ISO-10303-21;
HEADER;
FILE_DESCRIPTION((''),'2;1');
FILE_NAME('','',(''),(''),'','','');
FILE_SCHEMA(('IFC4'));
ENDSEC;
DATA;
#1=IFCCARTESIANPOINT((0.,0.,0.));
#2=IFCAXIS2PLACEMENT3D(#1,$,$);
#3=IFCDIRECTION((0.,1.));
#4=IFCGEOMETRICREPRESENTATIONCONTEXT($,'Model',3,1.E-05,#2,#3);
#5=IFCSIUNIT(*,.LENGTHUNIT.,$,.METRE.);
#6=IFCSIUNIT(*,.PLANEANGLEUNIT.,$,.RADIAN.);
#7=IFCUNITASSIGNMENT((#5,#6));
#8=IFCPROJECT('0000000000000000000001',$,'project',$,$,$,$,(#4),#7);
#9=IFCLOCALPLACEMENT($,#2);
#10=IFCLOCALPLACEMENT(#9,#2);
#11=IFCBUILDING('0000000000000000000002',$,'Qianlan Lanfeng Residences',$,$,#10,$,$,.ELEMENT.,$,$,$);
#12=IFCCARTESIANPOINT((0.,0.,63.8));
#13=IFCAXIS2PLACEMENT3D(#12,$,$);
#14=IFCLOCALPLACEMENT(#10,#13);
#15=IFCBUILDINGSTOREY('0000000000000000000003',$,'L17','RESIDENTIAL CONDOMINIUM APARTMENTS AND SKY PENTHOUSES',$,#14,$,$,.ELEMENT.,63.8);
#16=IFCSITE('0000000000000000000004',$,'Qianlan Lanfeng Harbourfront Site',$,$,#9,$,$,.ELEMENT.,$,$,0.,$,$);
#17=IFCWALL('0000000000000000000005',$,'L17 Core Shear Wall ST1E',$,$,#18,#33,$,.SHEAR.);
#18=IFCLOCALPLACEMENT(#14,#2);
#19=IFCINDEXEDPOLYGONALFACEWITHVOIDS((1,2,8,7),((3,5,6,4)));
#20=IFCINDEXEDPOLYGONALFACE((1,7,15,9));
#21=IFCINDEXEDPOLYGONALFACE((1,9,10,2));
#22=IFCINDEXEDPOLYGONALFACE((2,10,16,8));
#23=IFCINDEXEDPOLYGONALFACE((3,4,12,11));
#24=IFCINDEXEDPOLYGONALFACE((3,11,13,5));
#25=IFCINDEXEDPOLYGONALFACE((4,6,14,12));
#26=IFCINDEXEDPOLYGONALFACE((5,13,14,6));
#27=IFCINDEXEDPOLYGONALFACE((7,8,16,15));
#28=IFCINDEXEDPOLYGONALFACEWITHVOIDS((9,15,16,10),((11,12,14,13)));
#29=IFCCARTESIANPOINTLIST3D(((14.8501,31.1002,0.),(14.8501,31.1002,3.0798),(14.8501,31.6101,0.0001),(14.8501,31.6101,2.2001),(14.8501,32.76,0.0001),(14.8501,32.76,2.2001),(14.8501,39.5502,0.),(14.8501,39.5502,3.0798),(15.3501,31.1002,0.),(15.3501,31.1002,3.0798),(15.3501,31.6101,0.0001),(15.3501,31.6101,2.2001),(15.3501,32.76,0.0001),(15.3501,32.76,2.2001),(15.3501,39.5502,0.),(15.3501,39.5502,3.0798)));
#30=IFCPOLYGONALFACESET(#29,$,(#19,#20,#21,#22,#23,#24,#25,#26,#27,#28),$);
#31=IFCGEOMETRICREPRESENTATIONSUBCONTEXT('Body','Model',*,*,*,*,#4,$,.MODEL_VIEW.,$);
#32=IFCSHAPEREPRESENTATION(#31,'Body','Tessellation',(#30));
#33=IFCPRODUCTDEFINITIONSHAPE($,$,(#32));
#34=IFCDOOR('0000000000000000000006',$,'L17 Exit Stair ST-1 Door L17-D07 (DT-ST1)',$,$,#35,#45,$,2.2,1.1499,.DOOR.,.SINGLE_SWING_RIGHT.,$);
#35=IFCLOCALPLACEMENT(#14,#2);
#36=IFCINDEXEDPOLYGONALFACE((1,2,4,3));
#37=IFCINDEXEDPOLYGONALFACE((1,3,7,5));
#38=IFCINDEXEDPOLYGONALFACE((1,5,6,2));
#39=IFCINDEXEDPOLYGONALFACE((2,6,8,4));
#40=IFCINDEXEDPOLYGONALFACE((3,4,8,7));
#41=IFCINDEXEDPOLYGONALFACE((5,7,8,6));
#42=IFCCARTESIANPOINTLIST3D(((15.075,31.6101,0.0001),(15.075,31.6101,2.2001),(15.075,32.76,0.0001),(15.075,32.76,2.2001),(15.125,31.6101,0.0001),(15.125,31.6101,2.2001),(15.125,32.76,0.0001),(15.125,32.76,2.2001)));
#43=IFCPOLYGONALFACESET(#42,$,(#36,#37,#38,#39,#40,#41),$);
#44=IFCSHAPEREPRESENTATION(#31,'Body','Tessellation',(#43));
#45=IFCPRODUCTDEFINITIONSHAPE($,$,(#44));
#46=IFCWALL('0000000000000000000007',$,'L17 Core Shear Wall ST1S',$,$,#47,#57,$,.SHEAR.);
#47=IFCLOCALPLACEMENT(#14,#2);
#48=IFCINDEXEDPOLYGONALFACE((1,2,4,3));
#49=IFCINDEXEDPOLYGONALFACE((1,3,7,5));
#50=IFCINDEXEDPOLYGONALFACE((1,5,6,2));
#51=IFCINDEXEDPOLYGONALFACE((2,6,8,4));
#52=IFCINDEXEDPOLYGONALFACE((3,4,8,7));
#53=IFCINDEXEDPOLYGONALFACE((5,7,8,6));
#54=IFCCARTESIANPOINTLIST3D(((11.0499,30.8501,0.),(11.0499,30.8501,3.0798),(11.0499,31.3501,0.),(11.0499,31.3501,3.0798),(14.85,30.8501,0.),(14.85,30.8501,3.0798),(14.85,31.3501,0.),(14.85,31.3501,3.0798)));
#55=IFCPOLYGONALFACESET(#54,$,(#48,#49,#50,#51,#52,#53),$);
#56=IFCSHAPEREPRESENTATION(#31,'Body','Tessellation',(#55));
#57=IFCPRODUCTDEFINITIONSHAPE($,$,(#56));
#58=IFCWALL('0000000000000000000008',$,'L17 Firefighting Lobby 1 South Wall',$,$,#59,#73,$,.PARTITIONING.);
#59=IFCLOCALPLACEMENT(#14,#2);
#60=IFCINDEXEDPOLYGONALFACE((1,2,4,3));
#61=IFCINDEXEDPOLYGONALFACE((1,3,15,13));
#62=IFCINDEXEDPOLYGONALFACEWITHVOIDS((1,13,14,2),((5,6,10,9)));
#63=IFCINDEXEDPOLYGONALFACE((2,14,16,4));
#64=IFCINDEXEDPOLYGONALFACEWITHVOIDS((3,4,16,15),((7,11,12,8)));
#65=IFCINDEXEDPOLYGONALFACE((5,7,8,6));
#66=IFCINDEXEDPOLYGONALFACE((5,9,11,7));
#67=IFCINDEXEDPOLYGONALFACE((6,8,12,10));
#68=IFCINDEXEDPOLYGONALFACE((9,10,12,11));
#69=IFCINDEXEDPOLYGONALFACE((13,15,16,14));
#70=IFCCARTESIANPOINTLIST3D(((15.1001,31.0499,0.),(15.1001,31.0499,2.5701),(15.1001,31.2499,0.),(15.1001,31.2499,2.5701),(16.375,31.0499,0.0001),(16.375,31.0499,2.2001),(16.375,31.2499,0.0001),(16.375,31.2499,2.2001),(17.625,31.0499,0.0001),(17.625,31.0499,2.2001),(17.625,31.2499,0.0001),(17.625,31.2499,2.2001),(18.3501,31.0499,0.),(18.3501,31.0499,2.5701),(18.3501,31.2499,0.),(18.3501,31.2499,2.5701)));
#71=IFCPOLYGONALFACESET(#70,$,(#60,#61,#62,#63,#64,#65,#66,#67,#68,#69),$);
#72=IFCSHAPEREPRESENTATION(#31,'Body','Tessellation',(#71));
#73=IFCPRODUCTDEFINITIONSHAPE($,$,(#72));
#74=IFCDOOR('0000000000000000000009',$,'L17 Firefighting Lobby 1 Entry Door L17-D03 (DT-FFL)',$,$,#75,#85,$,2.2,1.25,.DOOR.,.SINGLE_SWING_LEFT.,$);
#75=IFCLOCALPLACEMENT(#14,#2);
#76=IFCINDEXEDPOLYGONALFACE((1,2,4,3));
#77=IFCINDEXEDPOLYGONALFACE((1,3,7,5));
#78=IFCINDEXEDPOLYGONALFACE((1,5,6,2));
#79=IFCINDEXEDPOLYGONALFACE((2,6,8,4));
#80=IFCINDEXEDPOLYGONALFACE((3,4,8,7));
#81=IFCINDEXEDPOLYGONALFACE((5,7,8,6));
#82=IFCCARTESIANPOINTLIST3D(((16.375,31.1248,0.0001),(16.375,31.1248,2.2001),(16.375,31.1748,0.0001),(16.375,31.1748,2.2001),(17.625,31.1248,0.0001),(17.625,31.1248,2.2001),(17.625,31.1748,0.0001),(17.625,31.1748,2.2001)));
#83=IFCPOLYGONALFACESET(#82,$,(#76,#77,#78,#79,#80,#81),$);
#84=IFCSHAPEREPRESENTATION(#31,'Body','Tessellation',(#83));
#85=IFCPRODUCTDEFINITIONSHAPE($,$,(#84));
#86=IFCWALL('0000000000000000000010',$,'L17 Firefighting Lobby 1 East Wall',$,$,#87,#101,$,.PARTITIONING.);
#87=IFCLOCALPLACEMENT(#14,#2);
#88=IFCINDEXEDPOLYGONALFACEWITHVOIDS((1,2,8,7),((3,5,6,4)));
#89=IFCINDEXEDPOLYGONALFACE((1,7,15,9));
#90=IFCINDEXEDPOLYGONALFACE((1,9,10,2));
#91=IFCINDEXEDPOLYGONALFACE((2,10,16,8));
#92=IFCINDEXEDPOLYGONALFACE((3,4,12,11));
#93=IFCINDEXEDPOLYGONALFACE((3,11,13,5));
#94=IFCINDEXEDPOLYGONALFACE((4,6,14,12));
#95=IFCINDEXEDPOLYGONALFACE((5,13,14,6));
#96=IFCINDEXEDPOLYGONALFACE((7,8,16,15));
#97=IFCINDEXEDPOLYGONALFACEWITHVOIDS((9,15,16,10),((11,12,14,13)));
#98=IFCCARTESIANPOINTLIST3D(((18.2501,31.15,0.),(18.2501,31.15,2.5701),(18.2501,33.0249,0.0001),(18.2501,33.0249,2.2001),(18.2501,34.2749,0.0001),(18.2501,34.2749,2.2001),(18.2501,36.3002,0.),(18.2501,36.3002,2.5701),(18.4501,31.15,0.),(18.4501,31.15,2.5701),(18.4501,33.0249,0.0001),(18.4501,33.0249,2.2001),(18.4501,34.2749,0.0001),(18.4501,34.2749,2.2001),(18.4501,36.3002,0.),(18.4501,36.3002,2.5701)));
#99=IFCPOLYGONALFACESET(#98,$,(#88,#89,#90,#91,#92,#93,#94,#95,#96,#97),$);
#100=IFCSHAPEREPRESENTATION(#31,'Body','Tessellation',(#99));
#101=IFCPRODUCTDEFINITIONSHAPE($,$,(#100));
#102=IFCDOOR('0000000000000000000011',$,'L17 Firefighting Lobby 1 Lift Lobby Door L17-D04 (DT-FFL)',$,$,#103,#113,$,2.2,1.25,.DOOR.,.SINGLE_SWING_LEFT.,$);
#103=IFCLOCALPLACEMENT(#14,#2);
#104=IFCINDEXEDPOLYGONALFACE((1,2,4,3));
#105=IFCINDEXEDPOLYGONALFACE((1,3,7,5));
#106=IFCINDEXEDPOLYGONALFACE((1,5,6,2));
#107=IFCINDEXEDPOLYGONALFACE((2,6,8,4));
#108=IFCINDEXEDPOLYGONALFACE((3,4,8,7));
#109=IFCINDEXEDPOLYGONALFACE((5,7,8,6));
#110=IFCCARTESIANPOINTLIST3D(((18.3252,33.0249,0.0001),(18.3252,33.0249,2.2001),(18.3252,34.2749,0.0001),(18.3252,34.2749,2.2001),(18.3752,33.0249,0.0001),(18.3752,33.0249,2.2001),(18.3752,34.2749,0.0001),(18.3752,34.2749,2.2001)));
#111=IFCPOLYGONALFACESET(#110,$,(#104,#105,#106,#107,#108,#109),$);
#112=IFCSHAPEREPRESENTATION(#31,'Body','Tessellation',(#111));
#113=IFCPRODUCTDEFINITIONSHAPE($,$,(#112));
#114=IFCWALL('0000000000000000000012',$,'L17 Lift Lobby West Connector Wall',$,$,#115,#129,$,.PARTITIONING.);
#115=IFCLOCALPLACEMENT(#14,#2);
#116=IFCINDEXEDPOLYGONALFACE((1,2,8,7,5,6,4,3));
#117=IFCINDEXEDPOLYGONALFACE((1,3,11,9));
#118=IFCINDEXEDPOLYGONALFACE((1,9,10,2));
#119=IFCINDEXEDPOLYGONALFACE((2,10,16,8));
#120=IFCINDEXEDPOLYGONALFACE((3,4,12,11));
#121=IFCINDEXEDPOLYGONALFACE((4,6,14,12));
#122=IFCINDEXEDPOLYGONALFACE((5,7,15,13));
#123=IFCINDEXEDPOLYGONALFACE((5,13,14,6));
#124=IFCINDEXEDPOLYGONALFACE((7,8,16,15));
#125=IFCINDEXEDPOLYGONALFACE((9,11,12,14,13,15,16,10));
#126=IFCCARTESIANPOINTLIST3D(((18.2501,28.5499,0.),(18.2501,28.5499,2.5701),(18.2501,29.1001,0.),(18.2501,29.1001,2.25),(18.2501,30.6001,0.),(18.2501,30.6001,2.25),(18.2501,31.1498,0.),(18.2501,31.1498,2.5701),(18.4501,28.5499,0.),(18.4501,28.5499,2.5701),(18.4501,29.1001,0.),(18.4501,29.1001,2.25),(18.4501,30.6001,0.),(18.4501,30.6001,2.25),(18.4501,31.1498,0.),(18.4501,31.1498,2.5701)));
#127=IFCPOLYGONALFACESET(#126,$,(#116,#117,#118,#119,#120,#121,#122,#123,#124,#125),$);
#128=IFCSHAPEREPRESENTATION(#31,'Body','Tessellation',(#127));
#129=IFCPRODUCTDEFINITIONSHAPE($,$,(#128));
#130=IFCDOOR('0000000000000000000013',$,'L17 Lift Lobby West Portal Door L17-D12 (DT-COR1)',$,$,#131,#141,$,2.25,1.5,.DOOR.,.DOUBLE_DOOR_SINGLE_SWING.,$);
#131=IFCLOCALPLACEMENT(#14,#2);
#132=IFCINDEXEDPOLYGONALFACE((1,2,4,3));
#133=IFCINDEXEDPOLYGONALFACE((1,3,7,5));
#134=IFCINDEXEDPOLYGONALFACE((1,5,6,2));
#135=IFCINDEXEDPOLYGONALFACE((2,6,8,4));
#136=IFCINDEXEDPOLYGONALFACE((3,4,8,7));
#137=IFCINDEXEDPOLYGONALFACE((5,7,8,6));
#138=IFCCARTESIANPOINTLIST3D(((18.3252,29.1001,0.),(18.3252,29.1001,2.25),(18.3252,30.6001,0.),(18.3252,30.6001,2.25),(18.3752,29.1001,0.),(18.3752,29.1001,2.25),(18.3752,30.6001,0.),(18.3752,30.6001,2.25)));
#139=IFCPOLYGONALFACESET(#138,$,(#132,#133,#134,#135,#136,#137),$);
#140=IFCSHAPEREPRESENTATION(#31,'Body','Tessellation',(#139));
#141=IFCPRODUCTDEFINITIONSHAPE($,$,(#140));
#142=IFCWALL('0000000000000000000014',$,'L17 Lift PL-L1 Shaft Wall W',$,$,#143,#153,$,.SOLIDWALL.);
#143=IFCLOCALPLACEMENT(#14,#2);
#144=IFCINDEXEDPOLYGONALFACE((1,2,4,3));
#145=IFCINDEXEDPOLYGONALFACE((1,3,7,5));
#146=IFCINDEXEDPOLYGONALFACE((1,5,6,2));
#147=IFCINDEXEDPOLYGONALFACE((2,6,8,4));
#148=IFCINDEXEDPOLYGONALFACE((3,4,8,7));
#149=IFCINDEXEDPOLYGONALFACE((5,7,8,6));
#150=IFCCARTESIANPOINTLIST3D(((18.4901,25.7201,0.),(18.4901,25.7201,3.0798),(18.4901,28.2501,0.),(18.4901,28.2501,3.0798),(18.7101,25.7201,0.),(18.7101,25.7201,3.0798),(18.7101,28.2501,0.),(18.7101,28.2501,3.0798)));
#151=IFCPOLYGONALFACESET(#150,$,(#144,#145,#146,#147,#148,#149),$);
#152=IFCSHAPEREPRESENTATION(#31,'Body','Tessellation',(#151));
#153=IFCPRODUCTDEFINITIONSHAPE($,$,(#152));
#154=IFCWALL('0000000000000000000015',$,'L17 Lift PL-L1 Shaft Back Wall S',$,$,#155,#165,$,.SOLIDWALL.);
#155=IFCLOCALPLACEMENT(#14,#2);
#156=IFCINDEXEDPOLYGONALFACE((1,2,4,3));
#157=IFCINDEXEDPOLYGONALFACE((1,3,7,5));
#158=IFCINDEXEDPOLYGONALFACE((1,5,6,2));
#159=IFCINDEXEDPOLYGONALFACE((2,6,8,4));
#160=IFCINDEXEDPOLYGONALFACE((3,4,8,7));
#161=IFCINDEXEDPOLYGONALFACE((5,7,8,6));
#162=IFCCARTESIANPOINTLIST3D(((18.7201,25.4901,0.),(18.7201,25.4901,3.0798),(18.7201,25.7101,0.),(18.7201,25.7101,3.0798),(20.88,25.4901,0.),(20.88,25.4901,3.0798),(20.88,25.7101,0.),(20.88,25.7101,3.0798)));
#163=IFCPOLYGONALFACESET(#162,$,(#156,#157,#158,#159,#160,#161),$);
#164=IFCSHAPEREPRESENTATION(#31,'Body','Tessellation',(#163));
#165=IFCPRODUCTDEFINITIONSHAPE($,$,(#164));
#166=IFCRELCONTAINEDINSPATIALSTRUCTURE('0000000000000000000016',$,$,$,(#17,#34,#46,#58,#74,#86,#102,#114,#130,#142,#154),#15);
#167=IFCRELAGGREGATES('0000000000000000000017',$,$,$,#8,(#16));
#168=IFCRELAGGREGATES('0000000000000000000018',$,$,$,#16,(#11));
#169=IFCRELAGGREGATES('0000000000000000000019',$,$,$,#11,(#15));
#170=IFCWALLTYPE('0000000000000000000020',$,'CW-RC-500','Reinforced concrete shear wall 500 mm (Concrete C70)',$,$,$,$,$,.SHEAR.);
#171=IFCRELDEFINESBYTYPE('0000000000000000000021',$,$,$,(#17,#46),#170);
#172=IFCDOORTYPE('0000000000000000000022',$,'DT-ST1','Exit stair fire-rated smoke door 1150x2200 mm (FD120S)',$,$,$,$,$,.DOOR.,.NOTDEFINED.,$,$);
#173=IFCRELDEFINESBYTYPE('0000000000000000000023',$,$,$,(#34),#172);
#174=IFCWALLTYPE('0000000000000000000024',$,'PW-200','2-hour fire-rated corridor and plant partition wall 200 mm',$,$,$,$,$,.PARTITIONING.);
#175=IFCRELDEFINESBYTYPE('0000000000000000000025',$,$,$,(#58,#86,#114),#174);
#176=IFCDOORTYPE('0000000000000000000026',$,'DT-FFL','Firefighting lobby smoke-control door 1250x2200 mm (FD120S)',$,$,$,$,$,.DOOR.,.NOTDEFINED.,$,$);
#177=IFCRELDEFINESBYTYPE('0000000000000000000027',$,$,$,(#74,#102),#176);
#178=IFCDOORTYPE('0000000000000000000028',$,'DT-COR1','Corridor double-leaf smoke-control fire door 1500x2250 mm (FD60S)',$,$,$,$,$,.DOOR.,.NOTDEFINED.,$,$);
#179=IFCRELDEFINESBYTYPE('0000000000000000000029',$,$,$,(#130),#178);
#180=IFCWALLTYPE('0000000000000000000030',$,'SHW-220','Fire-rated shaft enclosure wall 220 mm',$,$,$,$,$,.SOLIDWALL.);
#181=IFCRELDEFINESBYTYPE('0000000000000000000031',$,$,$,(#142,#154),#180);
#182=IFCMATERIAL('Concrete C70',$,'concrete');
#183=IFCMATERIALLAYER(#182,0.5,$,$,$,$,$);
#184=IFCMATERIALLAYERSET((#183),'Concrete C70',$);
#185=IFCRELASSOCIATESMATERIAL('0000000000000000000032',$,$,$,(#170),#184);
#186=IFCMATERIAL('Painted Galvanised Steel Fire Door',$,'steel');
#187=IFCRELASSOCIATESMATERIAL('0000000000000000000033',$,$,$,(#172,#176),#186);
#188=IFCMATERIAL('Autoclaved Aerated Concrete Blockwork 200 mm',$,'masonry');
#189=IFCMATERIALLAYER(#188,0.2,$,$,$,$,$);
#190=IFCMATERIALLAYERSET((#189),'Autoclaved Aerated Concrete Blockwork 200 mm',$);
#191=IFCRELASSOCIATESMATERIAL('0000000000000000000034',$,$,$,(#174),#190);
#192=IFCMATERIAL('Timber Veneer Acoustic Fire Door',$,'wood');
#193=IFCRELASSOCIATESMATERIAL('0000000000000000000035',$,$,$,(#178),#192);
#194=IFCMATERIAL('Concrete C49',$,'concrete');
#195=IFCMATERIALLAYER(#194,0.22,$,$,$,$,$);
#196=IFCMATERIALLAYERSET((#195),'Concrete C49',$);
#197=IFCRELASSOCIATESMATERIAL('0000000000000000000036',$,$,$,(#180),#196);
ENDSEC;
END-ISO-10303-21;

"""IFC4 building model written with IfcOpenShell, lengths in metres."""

from ifc_helpers import new_model, si_unit, direction, frame, frame_2d, origin, place, context, subcontext, project, spatial, rectangle, extrude, material, layer, layer_set, type_object, element, fill, save


model = new_model("IFC4")

# Units and contexts
model_context = context("Model", 3, precision=1e-05, world=origin(), true_north=direction((0.0, 1.0)))
body_context = subcontext(model_context, "Body", "Model", "MODEL_VIEW")
ifc_project = project(units=[si_unit("LENGTHUNIT", "METRE"), si_unit("PLANEANGLEUNIT", "RADIAN")], contexts=[model_context])

# Site, building, storey
site_placement = place(None, origin())
site = spatial("IfcSite", under=ifc_project, at=site_placement, Name="Qianlan Lanfeng Harbourfront Site", CompositionType="ELEMENT", RefElevation=0.0)
building_placement = place(site_placement, origin())
building = spatial("IfcBuilding", under=site, at=building_placement, Name="Qianlan Lanfeng Residences", CompositionType="ELEMENT")
storey_placement = place(building_placement, frame((0.0, 0.0, 63.8)))
storey = spatial("IfcBuildingStorey", under=building, at=storey_placement, Name="L17", Description="RESIDENTIAL CONDOMINIUM APARTMENTS AND SKY PENTHOUSES", CompositionType="ELEMENT", Elevation=63.8)

# Wall, opening, door
ifc_material_1 = material(Name="Concrete C70", Category="concrete")
ifc_layer_1 = layer(ifc_material_1, 0.5)
ifc_layer_set_1 = layer_set([ifc_layer_1], Name="Concrete C70")
wall_type_1 = type_object("IfcWallType", Name="CW-RC-500", Description="Reinforced concrete shear wall 500 mm (Concrete C70)", PredefinedType="SHEAR", material=ifc_layer_set_1)
wall_1_placement = place(storey_placement, frame((15.1001, 31.1001, 0.0), z_axis=(0.0, 0.0, 1.0), x_axis=(0.0, 1.0, 0.0)))
wall_1 = element("IfcWall", 1, at=wall_1_placement, inside=storey, type_object=wall_type_1, Name="L17 Core Shear Wall ST1E", PredefinedType="SHEAR", context=body_context, shape_type="SweptSolid", body=[
    extrude(rectangle(XDim=8.45, YDim=0.5, at=frame_2d((4.2251, 0.0))), origin(), (0.0, 0.0, 1.0), 3.0798),
])
opening_1_placement = place(wall_1_placement, frame((0.51, 0.0, 0.0)))
opening_1 = element("IfcOpeningElement", 2, at=opening_1_placement, cuts=wall_1, PredefinedType="OPENING", context=body_context, shape_type="SweptSolid", body=[
    extrude(rectangle(XDim=1.1499, YDim=2.2, at=frame_2d((0.575, 1.1001))), frame((0.0, 0.26, 0.0), z_axis=(0.0, -1.0, 0.0), x_axis=(1.0, 0.0, 0.0)), (0.0, 0.0, 1.0), 0.52),
])
ifc_material_2 = material(Name="Painted Galvanised Steel Fire Door", Category="steel")
door_type_1 = type_object("IfcDoorType", Name="DT-ST1", Description="Exit stair fire-rated smoke door 1150x2200 mm (FD120S)", OperationType="NOTDEFINED", PredefinedType="DOOR", material=ifc_material_2)
door_1_placement = place(opening_1_placement, frame((1.1499, 0.0, 0.0), z_axis=(0.0, 0.0, 1.0), x_axis=(-1.0, 0.0, 0.0)))
door_1 = element("IfcDoor", 3, at=door_1_placement, inside=storey, type_object=door_type_1, Name="L17 Exit Stair ST-1 Door L17-D07 (DT-ST1)", OperationType="SINGLE_SWING_RIGHT", OverallHeight=2.2, OverallWidth=1.1499, PredefinedType="DOOR", context=body_context, shape_type="SweptSolid", body=[
    extrude(rectangle(XDim=1.1499, YDim=2.2, at=frame_2d((0.575, 1.1001))), frame((0.0, 0.0249, 0.0), z_axis=(0.0, -1.0, 0.0), x_axis=(1.0, 0.0, 0.0)), (0.0, 0.0, 1.0), 0.05),
])
fill(opening_1, door_1)

# Wall
wall_2_placement = place(storey_placement, frame((11.05, 31.1001, 0.0), z_axis=(0.0, 0.0, 1.0), x_axis=(1.0, 0.0, 0.0)))
element("IfcWall", 4, at=wall_2_placement, inside=storey, type_object=wall_type_1, Name="L17 Core Shear Wall ST1S", PredefinedType="SHEAR", context=body_context, shape_type="SweptSolid", body=[
    extrude(rectangle(XDim=3.8, YDim=0.5, at=frame_2d((1.8999, 0.0))), origin(), (0.0, 0.0, 1.0), 3.0798),
])

# Walls, openings, doors
ifc_material_3 = material(Name="Autoclaved Aerated Concrete Blockwork 200 mm", Category="masonry")
ifc_layer_2 = layer(ifc_material_3, 0.2)
ifc_layer_set_2 = layer_set([ifc_layer_2], Name="Autoclaved Aerated Concrete Blockwork 200 mm")
wall_type_2 = type_object("IfcWallType", Name="PW-200", Description="2-hour fire-rated corridor and plant partition wall 200 mm", PredefinedType="PARTITIONING", material=ifc_layer_set_2)
wall_3_placement = place(storey_placement, frame((15.1001, 31.1499, 0.0), z_axis=(0.0, 0.0, 1.0), x_axis=(1.0, 0.0, 0.0)))
wall_3 = element("IfcWall", 5, at=wall_3_placement, inside=storey, type_object=wall_type_2, Name="L17 Firefighting Lobby 1 South Wall", PredefinedType="PARTITIONING", context=body_context, shape_type="SweptSolid", body=[
    extrude(rectangle(XDim=3.25, YDim=0.2, at=frame_2d((1.625, 0.0))), origin(), (0.0, 0.0, 1.0), 2.5701),
])
opening_2_placement = place(wall_3_placement, frame((1.2749, 0.0, 0.0)))
opening_2 = element("IfcOpeningElement", 6, at=opening_2_placement, cuts=wall_3, PredefinedType="OPENING", context=body_context, shape_type="SweptSolid", body=[
    extrude(rectangle(XDim=1.25, YDim=2.2, at=frame_2d((0.625, 1.1001))), frame((0.0, 0.1099, 0.0), z_axis=(0.0, -1.0, 0.0), x_axis=(1.0, 0.0, 0.0)), (0.0, 0.0, 1.0), 0.22),
])
door_type_2 = type_object("IfcDoorType", Name="DT-FFL", Description="Firefighting lobby smoke-control door 1250x2200 mm (FD120S)", OperationType="NOTDEFINED", PredefinedType="DOOR", material=ifc_material_2)
door_2_placement = place(opening_2_placement, origin())
door_2 = element("IfcDoor", 7, at=door_2_placement, inside=storey, type_object=door_type_2, Name="L17 Firefighting Lobby 1 Entry Door L17-D03 (DT-FFL)", OperationType="SINGLE_SWING_LEFT", OverallHeight=2.2, OverallWidth=1.25, PredefinedType="DOOR", context=body_context, shape_type="SweptSolid", body=[
    extrude(rectangle(XDim=1.25, YDim=2.2, at=frame_2d((0.625, 1.1001))), frame((0.0, 0.0249, 0.0), z_axis=(0.0, -1.0, 0.0), x_axis=(1.0, 0.0, 0.0)), (0.0, 0.0, 1.0), 0.05),
])
fill(opening_2, door_2)
wall_4_placement = place(storey_placement, frame((18.3501, 31.1499, 0.0), z_axis=(0.0, 0.0, 1.0), x_axis=(0.0, 1.0, 0.0)))
wall_4 = element("IfcWall", 8, at=wall_4_placement, inside=storey, type_object=wall_type_2, Name="L17 Firefighting Lobby 1 East Wall", PredefinedType="PARTITIONING", context=body_context, shape_type="SweptSolid", body=[
    extrude(rectangle(XDim=5.1501, YDim=0.2, at=frame_2d((2.5752, 0.0))), origin(), (0.0, 0.0, 1.0), 2.5701),
])
opening_3_placement = place(wall_4_placement, frame((1.875, 0.0, 0.0)))
opening_3 = element("IfcOpeningElement", 9, at=opening_3_placement, cuts=wall_4, PredefinedType="OPENING", context=body_context, shape_type="SweptSolid", body=[
    extrude(rectangle(XDim=1.25, YDim=2.2, at=frame_2d((0.625, 1.1001))), frame((0.0, 0.1099, 0.0), z_axis=(0.0, -1.0, 0.0), x_axis=(1.0, 0.0, 0.0)), (0.0, 0.0, 1.0), 0.22),
])
door_3_placement = place(opening_3_placement, origin())
door_3 = element("IfcDoor", 10, at=door_3_placement, inside=storey, type_object=door_type_2, Name="L17 Firefighting Lobby 1 Lift Lobby Door L17-D04 (DT-FFL)", OperationType="SINGLE_SWING_LEFT", OverallHeight=2.2, OverallWidth=1.25, PredefinedType="DOOR", context=body_context, shape_type="SweptSolid", body=[
    extrude(rectangle(XDim=1.25, YDim=2.2, at=frame_2d((0.625, 1.1001))), frame((0.0, 0.0249, 0.0), z_axis=(0.0, -1.0, 0.0), x_axis=(1.0, 0.0, 0.0)), (0.0, 0.0, 1.0), 0.05),
])
fill(opening_3, door_3)
wall_5_placement = place(storey_placement, frame((18.3501, 28.55, 0.0), z_axis=(0.0, 0.0, 1.0), x_axis=(0.0, 1.0, 0.0)))
wall_5 = element("IfcWall", 11, at=wall_5_placement, inside=storey, type_object=wall_type_2, Name="L17 Lift Lobby West Connector Wall", PredefinedType="PARTITIONING", context=body_context, shape_type="SweptSolid", body=[
    extrude(rectangle(XDim=2.5999, YDim=0.2, at=frame_2d((1.2998, 0.0))), origin(), (0.0, 0.0, 1.0), 2.5701),
])
opening_4_placement = place(wall_5_placement, frame((0.55, 0.0, 0.0)))
opening_4 = element("IfcOpeningElement", 12, at=opening_4_placement, cuts=wall_5, PredefinedType="OPENING", context=body_context, shape_type="SweptSolid", body=[
    extrude(rectangle(XDim=1.5, YDim=2.25, at=frame_2d((0.75, 1.125))), frame((0.0, 0.1099, 0.0), z_axis=(0.0, -1.0, 0.0), x_axis=(1.0, 0.0, 0.0)), (0.0, 0.0, 1.0), 0.22),
])
ifc_material_4 = material(Name="Timber Veneer Acoustic Fire Door", Category="wood")
door_type_3 = type_object("IfcDoorType", Name="DT-COR1", Description="Corridor double-leaf smoke-control fire door 1500x2250 mm (FD60S)", OperationType="NOTDEFINED", PredefinedType="DOOR", material=ifc_material_4)
door_4_placement = place(opening_4_placement, origin())
door_4 = element("IfcDoor", 13, at=door_4_placement, inside=storey, type_object=door_type_3, Name="L17 Lift Lobby West Portal Door L17-D12 (DT-COR1)", OperationType="DOUBLE_DOOR_SINGLE_SWING", OverallHeight=2.25, OverallWidth=1.5, PredefinedType="DOOR", context=body_context, shape_type="SweptSolid", body=[
    extrude(rectangle(XDim=1.5, YDim=2.25, at=frame_2d((0.75, 1.125))), frame((0.0, 0.0249, 0.0), z_axis=(0.0, -1.0, 0.0), x_axis=(1.0, 0.0, 0.0)), (0.0, 0.0, 1.0), 0.05),
])
fill(opening_4, door_4)

# Walls
ifc_material_5 = material(Name="Concrete C49", Category="concrete")
ifc_layer_3 = layer(ifc_material_5, 0.22)
ifc_layer_set_3 = layer_set([ifc_layer_3], Name="Concrete C49")
wall_type_3 = type_object("IfcWallType", Name="SHW-220", Description="Fire-rated shaft enclosure wall 220 mm", PredefinedType="SOLIDWALL", material=ifc_layer_set_3)
wall_6_placement = place(storey_placement, frame((18.6001, 25.72, 0.0), z_axis=(0.0, 0.0, 1.0), x_axis=(0.0, 1.0, 0.0)))
element("IfcWall", 14, at=wall_6_placement, inside=storey, type_object=wall_type_3, Name="L17 Lift PL-L1 Shaft Wall W", PredefinedType="SOLIDWALL", context=body_context, shape_type="SweptSolid", body=[
    extrude(rectangle(XDim=2.53, YDim=0.22, at=frame_2d((1.2651, 0.0))), origin(), (0.0, 0.0, 1.0), 3.0798),
])
wall_7_placement = place(storey_placement, frame((18.72, 25.6001, 0.0), z_axis=(0.0, 0.0, 1.0), x_axis=(1.0, 0.0, 0.0)))
element("IfcWall", 15, at=wall_7_placement, inside=storey, type_object=wall_type_3, Name="L17 Lift PL-L1 Shaft Back Wall S", PredefinedType="SOLIDWALL", context=body_context, shape_type="SweptSolid", body=[
    extrude(rectangle(XDim=2.1599, YDim=0.22, at=frame_2d((1.0801, 0.0))), origin(), (0.0, 0.0, 1.0), 3.0798),
])

save(model, "model.ifc")
